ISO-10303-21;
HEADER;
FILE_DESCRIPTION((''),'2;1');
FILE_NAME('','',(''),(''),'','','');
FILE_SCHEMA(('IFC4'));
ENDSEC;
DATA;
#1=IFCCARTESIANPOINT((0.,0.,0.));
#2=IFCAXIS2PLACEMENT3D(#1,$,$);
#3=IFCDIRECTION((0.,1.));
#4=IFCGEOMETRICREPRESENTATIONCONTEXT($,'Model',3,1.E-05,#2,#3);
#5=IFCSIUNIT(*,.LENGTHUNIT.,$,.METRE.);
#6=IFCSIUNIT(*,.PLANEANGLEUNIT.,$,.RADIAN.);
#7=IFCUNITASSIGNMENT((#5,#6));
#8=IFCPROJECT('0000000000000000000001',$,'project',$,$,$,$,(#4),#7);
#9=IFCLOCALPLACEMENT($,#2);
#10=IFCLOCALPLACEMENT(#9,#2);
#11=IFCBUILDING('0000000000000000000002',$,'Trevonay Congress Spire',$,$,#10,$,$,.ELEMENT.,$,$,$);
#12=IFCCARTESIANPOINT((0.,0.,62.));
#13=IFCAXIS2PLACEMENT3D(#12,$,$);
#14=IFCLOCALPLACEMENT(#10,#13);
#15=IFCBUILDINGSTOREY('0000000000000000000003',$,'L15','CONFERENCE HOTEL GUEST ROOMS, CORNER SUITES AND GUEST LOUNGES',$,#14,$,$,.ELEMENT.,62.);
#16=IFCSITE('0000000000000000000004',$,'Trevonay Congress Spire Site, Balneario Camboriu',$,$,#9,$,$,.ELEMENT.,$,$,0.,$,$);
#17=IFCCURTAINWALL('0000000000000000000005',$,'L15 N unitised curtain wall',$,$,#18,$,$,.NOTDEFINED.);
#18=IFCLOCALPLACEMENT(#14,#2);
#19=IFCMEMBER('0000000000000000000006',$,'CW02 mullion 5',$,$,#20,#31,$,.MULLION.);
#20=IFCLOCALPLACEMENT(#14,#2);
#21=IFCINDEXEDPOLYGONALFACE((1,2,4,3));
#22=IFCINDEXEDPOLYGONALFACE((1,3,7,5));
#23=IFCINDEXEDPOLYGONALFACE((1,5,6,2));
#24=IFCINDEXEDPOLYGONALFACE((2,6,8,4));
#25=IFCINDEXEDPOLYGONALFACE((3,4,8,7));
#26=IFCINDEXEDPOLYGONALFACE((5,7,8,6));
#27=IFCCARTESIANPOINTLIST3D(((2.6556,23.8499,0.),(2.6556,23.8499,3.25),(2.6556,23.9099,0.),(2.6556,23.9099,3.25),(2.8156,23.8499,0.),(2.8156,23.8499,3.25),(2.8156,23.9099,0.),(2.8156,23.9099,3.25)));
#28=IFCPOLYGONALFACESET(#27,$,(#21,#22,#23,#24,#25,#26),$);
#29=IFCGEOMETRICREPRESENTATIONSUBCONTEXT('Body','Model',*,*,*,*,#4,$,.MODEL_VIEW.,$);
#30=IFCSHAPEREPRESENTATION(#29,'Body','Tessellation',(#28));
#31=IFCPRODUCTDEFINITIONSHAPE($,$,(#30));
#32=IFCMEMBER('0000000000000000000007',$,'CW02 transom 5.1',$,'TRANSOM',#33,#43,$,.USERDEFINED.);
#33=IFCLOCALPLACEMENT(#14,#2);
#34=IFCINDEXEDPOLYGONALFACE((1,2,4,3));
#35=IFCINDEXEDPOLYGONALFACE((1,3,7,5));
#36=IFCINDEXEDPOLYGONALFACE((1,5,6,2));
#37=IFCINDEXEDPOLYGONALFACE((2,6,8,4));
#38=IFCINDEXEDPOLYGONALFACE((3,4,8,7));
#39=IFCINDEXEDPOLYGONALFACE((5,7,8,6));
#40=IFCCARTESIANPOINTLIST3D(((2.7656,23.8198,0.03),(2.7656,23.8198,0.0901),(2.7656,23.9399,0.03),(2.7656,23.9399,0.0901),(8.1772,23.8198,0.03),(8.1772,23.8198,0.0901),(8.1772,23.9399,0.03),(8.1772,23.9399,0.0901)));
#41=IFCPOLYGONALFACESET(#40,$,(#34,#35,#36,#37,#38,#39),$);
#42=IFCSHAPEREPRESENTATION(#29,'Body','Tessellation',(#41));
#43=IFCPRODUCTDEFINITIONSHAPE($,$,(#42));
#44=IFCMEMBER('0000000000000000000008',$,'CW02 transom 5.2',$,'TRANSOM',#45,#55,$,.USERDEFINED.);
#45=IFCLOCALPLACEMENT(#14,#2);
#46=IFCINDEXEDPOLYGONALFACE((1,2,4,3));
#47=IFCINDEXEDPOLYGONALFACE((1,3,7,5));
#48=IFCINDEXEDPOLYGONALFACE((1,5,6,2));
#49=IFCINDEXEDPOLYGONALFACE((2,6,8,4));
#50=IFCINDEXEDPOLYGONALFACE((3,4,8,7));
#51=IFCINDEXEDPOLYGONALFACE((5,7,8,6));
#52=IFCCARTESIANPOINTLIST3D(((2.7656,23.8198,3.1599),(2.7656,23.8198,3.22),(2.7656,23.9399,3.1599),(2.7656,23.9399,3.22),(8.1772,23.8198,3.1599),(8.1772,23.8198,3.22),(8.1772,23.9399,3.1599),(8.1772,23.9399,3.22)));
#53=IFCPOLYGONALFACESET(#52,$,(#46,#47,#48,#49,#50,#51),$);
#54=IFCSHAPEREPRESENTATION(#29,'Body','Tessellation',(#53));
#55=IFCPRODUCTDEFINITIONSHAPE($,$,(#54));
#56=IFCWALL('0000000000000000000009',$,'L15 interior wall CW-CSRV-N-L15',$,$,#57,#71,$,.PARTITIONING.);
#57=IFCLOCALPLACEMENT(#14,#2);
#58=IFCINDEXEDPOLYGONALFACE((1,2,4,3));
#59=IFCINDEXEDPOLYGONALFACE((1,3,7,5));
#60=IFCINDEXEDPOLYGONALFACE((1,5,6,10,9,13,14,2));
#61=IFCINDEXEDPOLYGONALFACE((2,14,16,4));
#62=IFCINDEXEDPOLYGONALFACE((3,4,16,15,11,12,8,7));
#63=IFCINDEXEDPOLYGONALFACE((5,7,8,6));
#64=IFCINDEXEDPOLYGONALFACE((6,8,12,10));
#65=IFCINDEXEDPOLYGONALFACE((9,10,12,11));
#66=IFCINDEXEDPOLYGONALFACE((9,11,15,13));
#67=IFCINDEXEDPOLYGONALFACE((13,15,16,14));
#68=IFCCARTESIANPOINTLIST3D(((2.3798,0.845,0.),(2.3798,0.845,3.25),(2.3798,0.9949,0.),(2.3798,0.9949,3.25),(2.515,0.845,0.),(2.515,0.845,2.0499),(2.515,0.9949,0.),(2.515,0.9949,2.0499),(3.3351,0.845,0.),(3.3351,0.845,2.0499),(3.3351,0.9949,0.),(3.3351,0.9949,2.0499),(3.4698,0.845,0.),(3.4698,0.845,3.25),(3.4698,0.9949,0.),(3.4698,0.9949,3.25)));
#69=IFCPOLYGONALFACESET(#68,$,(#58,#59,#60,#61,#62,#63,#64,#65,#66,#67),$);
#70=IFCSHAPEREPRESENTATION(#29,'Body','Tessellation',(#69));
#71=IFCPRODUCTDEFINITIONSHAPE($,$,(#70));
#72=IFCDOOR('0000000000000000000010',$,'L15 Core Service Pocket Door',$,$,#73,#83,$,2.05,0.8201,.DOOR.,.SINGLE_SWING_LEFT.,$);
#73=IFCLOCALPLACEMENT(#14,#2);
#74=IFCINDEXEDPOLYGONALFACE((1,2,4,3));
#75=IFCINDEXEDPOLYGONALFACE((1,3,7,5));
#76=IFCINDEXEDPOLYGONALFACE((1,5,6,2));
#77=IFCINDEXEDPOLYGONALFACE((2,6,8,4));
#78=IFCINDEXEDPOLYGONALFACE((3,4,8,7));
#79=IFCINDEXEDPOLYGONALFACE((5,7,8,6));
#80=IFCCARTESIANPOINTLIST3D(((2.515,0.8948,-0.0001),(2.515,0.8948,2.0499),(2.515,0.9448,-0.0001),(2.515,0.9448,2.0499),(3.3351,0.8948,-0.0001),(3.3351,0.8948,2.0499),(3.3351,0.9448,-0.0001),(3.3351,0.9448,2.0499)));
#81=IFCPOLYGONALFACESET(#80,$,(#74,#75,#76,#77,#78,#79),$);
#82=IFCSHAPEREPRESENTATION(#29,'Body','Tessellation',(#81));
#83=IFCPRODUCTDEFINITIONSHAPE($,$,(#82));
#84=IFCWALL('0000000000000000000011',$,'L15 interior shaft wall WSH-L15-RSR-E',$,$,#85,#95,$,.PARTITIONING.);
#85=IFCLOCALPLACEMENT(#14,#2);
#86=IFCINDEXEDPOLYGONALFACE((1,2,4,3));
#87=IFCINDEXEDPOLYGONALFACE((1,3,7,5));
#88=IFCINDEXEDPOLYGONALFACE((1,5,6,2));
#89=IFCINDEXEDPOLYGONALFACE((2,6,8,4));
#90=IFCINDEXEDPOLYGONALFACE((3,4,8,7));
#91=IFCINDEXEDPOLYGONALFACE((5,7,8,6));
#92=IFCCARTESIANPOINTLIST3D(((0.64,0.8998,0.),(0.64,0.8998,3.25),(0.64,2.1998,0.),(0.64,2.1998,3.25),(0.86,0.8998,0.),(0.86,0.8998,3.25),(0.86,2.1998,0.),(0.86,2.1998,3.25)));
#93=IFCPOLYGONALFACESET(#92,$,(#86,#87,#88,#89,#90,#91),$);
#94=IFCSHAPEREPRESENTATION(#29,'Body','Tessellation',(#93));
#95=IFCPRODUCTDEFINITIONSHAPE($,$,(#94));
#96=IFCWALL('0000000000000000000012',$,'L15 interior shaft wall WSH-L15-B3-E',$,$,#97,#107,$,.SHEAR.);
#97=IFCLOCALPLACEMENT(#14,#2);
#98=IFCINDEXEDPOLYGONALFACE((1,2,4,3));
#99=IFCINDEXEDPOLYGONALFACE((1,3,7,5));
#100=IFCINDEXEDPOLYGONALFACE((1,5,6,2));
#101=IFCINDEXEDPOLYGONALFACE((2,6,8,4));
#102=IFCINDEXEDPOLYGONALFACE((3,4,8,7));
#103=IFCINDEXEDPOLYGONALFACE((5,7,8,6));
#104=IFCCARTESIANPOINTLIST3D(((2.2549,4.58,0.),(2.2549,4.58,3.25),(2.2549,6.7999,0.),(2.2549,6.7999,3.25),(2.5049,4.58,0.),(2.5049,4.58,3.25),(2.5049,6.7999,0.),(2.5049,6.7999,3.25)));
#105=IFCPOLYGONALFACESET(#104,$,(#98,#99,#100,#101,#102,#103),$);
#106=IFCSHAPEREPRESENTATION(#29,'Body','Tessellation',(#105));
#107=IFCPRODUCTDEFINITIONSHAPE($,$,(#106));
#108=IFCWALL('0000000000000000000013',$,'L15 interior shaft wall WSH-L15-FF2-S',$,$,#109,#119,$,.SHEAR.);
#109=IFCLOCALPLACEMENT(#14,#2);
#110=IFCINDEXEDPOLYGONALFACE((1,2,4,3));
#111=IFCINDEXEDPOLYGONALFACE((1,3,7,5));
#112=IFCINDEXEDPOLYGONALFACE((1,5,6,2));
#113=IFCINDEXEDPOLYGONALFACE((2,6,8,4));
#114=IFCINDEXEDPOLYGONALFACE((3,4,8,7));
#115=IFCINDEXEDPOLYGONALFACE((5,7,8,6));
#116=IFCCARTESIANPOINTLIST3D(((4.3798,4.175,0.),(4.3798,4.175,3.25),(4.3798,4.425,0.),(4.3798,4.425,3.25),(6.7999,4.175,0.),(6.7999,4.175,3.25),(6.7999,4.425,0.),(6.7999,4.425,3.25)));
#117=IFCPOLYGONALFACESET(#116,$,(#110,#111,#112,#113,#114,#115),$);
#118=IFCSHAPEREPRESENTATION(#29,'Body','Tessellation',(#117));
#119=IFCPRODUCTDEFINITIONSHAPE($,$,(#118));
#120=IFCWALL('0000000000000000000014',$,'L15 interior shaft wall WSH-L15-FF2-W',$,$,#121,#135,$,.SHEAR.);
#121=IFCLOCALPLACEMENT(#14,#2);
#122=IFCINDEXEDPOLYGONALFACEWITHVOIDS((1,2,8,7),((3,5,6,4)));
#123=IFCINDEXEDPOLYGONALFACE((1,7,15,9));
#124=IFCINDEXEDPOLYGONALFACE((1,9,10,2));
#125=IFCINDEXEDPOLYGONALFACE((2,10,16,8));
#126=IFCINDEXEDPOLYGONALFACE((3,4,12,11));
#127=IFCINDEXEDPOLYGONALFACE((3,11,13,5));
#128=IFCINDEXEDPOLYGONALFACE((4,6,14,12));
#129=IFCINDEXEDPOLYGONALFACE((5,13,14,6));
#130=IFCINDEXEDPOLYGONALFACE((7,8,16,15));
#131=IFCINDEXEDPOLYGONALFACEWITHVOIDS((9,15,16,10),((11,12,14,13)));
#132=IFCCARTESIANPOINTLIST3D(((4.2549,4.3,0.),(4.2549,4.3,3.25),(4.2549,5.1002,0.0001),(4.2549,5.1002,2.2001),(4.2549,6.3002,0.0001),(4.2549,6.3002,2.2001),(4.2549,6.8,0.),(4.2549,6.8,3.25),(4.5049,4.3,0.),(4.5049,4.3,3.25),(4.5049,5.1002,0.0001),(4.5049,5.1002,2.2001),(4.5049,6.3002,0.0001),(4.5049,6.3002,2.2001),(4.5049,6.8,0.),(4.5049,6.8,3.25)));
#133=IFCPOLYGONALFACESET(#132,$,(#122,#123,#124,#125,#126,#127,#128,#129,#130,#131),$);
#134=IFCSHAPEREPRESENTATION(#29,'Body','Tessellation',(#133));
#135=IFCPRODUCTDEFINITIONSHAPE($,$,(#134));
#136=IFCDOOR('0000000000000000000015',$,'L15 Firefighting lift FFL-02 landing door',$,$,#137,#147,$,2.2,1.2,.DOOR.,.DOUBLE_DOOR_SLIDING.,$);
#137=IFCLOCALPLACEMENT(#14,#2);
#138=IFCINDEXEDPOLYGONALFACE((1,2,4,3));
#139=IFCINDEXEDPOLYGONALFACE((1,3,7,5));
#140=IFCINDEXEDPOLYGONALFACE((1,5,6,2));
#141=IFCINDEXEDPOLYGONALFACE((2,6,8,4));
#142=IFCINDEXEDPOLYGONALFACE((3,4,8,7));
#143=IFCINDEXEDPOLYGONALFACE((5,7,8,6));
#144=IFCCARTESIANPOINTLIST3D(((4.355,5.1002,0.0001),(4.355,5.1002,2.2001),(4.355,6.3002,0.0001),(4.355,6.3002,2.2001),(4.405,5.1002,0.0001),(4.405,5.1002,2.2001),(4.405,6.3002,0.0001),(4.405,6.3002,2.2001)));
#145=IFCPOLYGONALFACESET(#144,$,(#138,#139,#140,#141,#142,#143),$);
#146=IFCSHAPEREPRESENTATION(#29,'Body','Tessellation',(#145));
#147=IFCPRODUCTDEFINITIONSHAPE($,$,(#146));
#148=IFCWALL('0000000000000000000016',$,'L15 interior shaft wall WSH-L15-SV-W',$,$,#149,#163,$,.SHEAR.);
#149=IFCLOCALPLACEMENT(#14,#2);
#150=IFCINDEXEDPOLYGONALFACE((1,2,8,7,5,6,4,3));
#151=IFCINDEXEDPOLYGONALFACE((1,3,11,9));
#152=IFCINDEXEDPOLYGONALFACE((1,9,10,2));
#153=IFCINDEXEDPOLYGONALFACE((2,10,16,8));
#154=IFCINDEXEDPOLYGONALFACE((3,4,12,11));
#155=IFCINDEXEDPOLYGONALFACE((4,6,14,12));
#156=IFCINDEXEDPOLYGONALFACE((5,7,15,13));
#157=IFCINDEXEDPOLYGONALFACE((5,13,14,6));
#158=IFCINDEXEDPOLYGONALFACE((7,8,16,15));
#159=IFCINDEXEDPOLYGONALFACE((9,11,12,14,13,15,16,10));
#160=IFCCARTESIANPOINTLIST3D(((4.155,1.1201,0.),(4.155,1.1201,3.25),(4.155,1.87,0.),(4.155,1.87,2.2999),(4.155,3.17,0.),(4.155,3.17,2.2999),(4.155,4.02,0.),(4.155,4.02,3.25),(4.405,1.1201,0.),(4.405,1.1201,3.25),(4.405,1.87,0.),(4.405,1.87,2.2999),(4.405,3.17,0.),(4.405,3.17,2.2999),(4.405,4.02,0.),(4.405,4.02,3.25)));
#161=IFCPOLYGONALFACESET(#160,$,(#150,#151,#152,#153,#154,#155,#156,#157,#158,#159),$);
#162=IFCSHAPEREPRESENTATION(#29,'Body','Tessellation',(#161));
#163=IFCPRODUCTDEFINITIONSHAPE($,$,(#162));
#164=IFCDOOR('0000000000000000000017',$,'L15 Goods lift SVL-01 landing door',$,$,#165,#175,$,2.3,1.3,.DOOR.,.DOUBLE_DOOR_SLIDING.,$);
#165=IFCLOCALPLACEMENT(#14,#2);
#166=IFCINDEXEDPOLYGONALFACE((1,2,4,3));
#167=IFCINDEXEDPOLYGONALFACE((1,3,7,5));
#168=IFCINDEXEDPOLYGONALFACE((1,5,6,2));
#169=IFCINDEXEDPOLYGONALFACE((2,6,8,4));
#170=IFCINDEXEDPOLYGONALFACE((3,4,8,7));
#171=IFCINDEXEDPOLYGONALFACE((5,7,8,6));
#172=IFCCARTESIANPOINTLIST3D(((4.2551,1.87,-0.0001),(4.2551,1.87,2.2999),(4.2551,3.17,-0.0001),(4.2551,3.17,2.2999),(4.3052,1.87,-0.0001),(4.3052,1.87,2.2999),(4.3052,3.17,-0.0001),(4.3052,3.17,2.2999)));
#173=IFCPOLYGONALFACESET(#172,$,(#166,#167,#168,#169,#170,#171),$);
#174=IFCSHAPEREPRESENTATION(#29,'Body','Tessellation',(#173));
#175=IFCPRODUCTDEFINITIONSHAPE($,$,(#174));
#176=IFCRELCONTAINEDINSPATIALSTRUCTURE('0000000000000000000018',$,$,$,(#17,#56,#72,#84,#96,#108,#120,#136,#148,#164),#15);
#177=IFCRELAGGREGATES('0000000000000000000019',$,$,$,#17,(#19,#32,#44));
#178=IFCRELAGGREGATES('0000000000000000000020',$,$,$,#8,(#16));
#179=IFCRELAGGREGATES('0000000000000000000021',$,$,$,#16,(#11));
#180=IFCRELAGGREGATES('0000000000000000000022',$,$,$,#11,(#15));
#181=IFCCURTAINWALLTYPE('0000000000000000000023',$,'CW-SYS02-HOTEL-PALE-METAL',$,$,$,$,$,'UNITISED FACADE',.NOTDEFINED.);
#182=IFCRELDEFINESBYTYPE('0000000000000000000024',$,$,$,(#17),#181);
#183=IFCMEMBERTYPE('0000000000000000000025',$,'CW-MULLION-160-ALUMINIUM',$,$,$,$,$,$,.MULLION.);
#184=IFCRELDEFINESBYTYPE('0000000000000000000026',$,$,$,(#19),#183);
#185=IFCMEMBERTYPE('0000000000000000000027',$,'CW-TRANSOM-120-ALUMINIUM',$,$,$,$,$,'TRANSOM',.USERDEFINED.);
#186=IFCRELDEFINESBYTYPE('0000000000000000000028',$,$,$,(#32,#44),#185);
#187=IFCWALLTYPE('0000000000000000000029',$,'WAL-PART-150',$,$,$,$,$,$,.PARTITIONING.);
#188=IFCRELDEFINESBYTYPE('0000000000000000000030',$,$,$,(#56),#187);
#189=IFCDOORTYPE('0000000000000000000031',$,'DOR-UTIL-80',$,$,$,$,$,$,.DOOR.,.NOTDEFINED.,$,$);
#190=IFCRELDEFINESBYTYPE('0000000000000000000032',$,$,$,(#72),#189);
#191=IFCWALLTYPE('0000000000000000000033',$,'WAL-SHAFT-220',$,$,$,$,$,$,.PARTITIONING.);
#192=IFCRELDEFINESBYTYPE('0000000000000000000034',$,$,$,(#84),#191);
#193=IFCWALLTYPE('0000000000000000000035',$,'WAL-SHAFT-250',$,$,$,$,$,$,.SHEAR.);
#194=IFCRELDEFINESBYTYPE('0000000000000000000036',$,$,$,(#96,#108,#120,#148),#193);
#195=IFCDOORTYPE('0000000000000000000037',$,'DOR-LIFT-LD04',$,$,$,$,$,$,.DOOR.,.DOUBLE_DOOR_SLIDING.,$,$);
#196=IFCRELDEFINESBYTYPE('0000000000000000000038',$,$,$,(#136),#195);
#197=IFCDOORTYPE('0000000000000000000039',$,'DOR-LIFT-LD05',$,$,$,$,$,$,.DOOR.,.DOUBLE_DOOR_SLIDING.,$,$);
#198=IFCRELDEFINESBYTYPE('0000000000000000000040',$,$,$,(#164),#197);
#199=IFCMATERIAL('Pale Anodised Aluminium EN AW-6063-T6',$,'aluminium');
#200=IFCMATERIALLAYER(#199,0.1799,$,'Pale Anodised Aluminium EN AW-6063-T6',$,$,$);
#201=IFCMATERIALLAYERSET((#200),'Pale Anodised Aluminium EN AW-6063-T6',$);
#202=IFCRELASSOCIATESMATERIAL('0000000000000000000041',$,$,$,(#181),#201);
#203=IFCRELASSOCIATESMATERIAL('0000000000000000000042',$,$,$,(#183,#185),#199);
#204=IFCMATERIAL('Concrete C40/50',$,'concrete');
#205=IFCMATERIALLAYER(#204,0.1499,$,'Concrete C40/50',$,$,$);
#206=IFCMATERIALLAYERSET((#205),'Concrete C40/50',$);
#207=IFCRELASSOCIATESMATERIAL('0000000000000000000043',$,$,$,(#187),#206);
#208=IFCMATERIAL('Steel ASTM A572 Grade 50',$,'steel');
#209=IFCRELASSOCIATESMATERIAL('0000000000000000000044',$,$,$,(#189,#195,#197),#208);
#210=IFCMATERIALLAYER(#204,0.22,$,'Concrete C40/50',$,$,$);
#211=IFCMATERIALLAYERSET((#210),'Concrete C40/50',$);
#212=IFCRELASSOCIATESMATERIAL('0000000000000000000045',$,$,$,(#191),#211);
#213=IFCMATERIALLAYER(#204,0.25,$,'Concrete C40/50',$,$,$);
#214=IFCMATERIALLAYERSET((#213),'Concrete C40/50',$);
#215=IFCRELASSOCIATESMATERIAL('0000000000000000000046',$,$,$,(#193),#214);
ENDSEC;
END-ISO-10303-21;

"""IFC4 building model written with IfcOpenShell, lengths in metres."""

from ifc_helpers import new_model, si_unit, direction, frame, frame_2d, origin, origin_2d, place, context, subcontext, project, spatial, rectangle, extrude, material, layer, layer_set, material_profile, profile_set, type_object, element, fill, aggregate, save


model = new_model("IFC4")

# Units and contexts
model_context = context("Model", 3, precision=1e-05, world=origin(), true_north=direction((0.0, 1.0)))
body_context = subcontext(model_context, "Body", "Model", "MODEL_VIEW")
ifc_project = project(units=[si_unit("LENGTHUNIT", "METRE"), si_unit("PLANEANGLEUNIT", "RADIAN")], contexts=[model_context])

# Site, building, storey
site_placement = place(None, origin())
site = spatial("IfcSite", under=ifc_project, at=site_placement, Name="Trevonay Congress Spire Site, Balneario Camboriu", CompositionType="ELEMENT", RefElevation=0.0)
building_placement = place(site_placement, origin())
building = spatial("IfcBuilding", under=site, at=building_placement, Name="Trevonay Congress Spire", CompositionType="ELEMENT")
storey_placement = place(building_placement, frame((0.0, 0.0, 62.0)))
storey = spatial("IfcBuildingStorey", under=building, at=storey_placement, Name="L15", Description="CONFERENCE HOTEL GUEST ROOMS, CORNER SUITES AND GUEST LOUNGES", CompositionType="ELEMENT", Elevation=62.0)

# Shared definitions
ifc_material_1 = material(Name="Steel ASTM A572 Grade 50", Category="steel")

# Curtain wall, members
ifc_material_2 = material(Name="Pale Anodised Aluminium EN AW-6063-T6", Category="aluminium")
ifc_layer_1 = layer(ifc_material_2, 0.1799, Name="Pale Anodised Aluminium EN AW-6063-T6")
ifc_layer_set_1 = layer_set([ifc_layer_1], Name="Pale Anodised Aluminium EN AW-6063-T6")
curtain_wall_type = type_object("IfcCurtainWallType", Name="CW-SYS02-HOTEL-PALE-METAL", ElementType="UNITISED FACADE", PredefinedType="NOTDEFINED", material=ifc_layer_set_1)
curtain_wall_placement = place(storey_placement, origin())
curtain_wall = element("IfcCurtainWall", 1, at=curtain_wall_placement, inside=storey, type_object=curtain_wall_type, Name="L15 N unitised curtain wall", PredefinedType="NOTDEFINED")
ifc_material_profile_1 = material_profile(ifc_material_2, rectangle(XDim=0.0601, YDim=0.1599, at=origin_2d()), Name="CW-MULLION-160-ALUMINIUM")
ifc_profile_set_1 = profile_set([ifc_material_profile_1], Name="Pale Anodised Aluminium EN AW-6063-T6")
member_type_1 = type_object("IfcMemberType", Name="CW-MULLION-160-ALUMINIUM", PredefinedType="MULLION", material=ifc_profile_set_1)
member_1_placement = place(storey_placement, frame((2.7356, 23.8799, 0.0), z_axis=(0.0, 0.0, 1.0), x_axis=(0.0, 1.0, 0.0)))
member_1 = element("IfcMember", 2, at=member_1_placement, type_object=member_type_1, Name="CW02 mullion 5", PredefinedType="MULLION", context=body_context, shape_type="SweptSolid", body=[
    extrude(rectangle(XDim=0.0601, YDim=0.1599, at=origin_2d()), origin(), (0.0, 0.0, 1.0), 3.25),
])
ifc_material_profile_2 = material_profile(ifc_material_2, rectangle(XDim=0.1201, YDim=0.0601, at=origin_2d()), Name="CW-TRANSOM-120-ALUMINIUM")
ifc_profile_set_2 = profile_set([ifc_material_profile_2], Name="Pale Anodised Aluminium EN AW-6063-T6")
member_type_2 = type_object("IfcMemberType", Name="CW-TRANSOM-120-ALUMINIUM", ElementType="TRANSOM", PredefinedType="USERDEFINED", material=ifc_profile_set_2)
member_2_placement = place(storey_placement, frame((2.7656, 23.8799, 0.0601), z_axis=(1.0, 0.0, 0.0), x_axis=(0.0, 1.0, 0.0)))
member_2 = element("IfcMember", 3, at=member_2_placement, type_object=member_type_2, Name="CW02 transom 5.1", ObjectType="TRANSOM", PredefinedType="USERDEFINED", context=body_context, shape_type="SweptSolid", body=[
    extrude(rectangle(XDim=0.1201, YDim=0.0601, at=origin_2d()), origin(), (0.0, 0.0, 1.0), 5.4116),
])
member_3_placement = place(storey_placement, frame((2.7656, 23.8799, 3.1899), z_axis=(1.0, 0.0, 0.0), x_axis=(0.0, 1.0, 0.0)))
member_3 = element("IfcMember", 4, at=member_3_placement, type_object=member_type_2, Name="CW02 transom 5.2", ObjectType="TRANSOM", PredefinedType="USERDEFINED", context=body_context, shape_type="SweptSolid", body=[
    extrude(rectangle(XDim=0.1201, YDim=0.0601, at=origin_2d()), origin(), (0.0, 0.0, 1.0), 5.4116),
])
aggregate(curtain_wall, [member_1, member_2, member_3])

# Wall, opening, door
ifc_material_3 = material(Name="Concrete C40/50", Category="concrete")
ifc_layer_2 = layer(ifc_material_3, 0.1499, Name="Concrete C40/50")
ifc_layer_set_2 = layer_set([ifc_layer_2], Name="Concrete C40/50")
wall_type_1 = type_object("IfcWallType", Name="WAL-PART-150", PredefinedType="PARTITIONING", material=ifc_layer_set_2)
wall_1_placement = place(storey_placement, frame((2.3799, 0.9199, 0.0), z_axis=(0.0, 0.0, 1.0), x_axis=(1.0, 0.0, 0.0)))
wall_1 = element("IfcWall", 5, at=wall_1_placement, inside=storey, type_object=wall_type_1, Name="L15 interior wall CW-CSRV-N-L15", PredefinedType="PARTITIONING", context=body_context, shape_type="SweptSolid", body=[
    extrude(rectangle(XDim=1.0901, YDim=0.1499, at=frame_2d((0.5449, 0.0))), origin(), (0.0, 0.0, 1.0), 3.25),
])
opening_1_placement = place(wall_1_placement, frame((0.135, 0.0, 0.0)))
opening_1 = element("IfcOpeningElement", 6, at=opening_1_placement, cuts=wall_1, PredefinedType="OPENING", context=body_context, shape_type="SweptSolid", body=[
    extrude(rectangle(XDim=0.8201, YDim=2.05, at=frame_2d((0.4102, 1.0249))), frame((0.0, 0.085, 0.0), z_axis=(0.0, -1.0, 0.0), x_axis=(1.0, 0.0, 0.0)), (0.0, 0.0, 1.0), 0.1699),
])
door_type_1 = type_object("IfcDoorType", Name="DOR-UTIL-80", OperationType="NOTDEFINED", PredefinedType="DOOR", material=ifc_material_1)
door_1_placement = place(opening_1_placement, origin())
door_1 = element("IfcDoor", 7, at=door_1_placement, inside=storey, type_object=door_type_1, Name="L15 Core Service Pocket Door", OperationType="SINGLE_SWING_LEFT", OverallHeight=2.05, OverallWidth=0.8201, PredefinedType="DOOR", context=body_context, shape_type="SweptSolid", body=[
    extrude(rectangle(XDim=0.8201, YDim=2.05, at=frame_2d((0.4102, 1.0249))), frame((0.0, 0.0249, 0.0), z_axis=(0.0, -1.0, 0.0), x_axis=(1.0, 0.0, 0.0)), (0.0, 0.0, 1.0), 0.05),
])
fill(opening_1, door_1)

# Walls
ifc_layer_3 = layer(ifc_material_3, 0.22, Name="Concrete C40/50")
ifc_layer_set_3 = layer_set([ifc_layer_3], Name="Concrete C40/50")
wall_type_2 = type_object("IfcWallType", Name="WAL-SHAFT-220", PredefinedType="PARTITIONING", material=ifc_layer_set_3)
wall_2_placement = place(storey_placement, frame((0.75, 0.8999, 0.0), z_axis=(0.0, 0.0, 1.0), x_axis=(0.0, 1.0, 0.0)))
element("IfcWall", 8, at=wall_2_placement, inside=storey, type_object=wall_type_2, Name="L15 interior shaft wall WSH-L15-RSR-E", PredefinedType="PARTITIONING", context=body_context, shape_type="SweptSolid", body=[
    extrude(rectangle(XDim=1.3, YDim=0.22, at=frame_2d((0.6499, 0.0))), origin(), (0.0, 0.0, 1.0), 3.25),
])
ifc_layer_4 = layer(ifc_material_3, 0.25, Name="Concrete C40/50")
ifc_layer_set_4 = layer_set([ifc_layer_4], Name="Concrete C40/50")
wall_type_3 = type_object("IfcWallType", Name="WAL-SHAFT-250", PredefinedType="SHEAR", material=ifc_layer_set_4)
wall_3_placement = place(storey_placement, frame((2.3799, 4.5801, 0.0), z_axis=(0.0, 0.0, 1.0), x_axis=(0.0, 1.0, 0.0)))
element("IfcWall", 9, at=wall_3_placement, inside=storey, type_object=wall_type_3, Name="L15 interior shaft wall WSH-L15-B3-E", PredefinedType="SHEAR", context=body_context, shape_type="SweptSolid", body=[
    extrude(rectangle(XDim=2.22, YDim=0.25, at=frame_2d((1.1099, 0.0))), origin(), (0.0, 0.0, 1.0), 3.25),
])
wall_4_placement = place(storey_placement, frame((4.3799, 4.3, 0.0), z_axis=(0.0, 0.0, 1.0), x_axis=(1.0, 0.0, 0.0)))
element("IfcWall", 10, at=wall_4_placement, inside=storey, type_object=wall_type_3, Name="L15 interior shaft wall WSH-L15-FF2-S", PredefinedType="SHEAR", context=body_context, shape_type="SweptSolid", body=[
    extrude(rectangle(XDim=2.4202, YDim=0.25, at=frame_2d((1.21, 0.0))), origin(), (0.0, 0.0, 1.0), 3.25),
])

# Walls, openings, doors
wall_5_placement = place(storey_placement, frame((4.3799, 4.3, 0.0), z_axis=(0.0, 0.0, 1.0), x_axis=(0.0, 1.0, 0.0)))
wall_5 = element("IfcWall", 11, at=wall_5_placement, inside=storey, type_object=wall_type_3, Name="L15 interior shaft wall WSH-L15-FF2-W", PredefinedType="SHEAR", context=body_context, shape_type="SweptSolid", body=[
    extrude(rectangle(XDim=2.5, YDim=0.25, at=frame_2d((1.25, 0.0))), origin(), (0.0, 0.0, 1.0), 3.25),
])
opening_2_placement = place(wall_5_placement, frame((0.8, 0.0, 0.0)))
opening_2 = element("IfcOpeningElement", 12, at=opening_2_placement, cuts=wall_5, PredefinedType="OPENING", context=body_context, shape_type="SweptSolid", body=[
    extrude(rectangle(XDim=1.2, YDim=2.2, at=frame_2d((0.6001, 1.1001))), frame((0.0, 0.135, 0.0), z_axis=(0.0, -1.0, 0.0), x_axis=(1.0, 0.0, 0.0)), (0.0, 0.0, 1.0), 0.27),
])
door_type_2 = type_object("IfcDoorType", Name="DOR-LIFT-LD04", OperationType="DOUBLE_DOOR_SLIDING", PredefinedType="DOOR", material=ifc_material_1)
door_2_placement = place(opening_2_placement, origin())
door_2 = element("IfcDoor", 13, at=door_2_placement, inside=storey, type_object=door_type_2, Name="L15 Firefighting lift FFL-02 landing door", OperationType="DOUBLE_DOOR_SLIDING", OverallHeight=2.2, OverallWidth=1.2, PredefinedType="DOOR", context=body_context, shape_type="SweptSolid", body=[
    extrude(rectangle(XDim=1.2, YDim=2.2, at=frame_2d((0.6001, 1.1001))), frame((0.0, 0.0249, 0.0), z_axis=(0.0, -1.0, 0.0), x_axis=(1.0, 0.0, 0.0)), (0.0, 0.0, 1.0), 0.05),
])
fill(opening_2, door_2)
wall_6_placement = place(storey_placement, frame((4.28, 1.1201, 0.0), z_axis=(0.0, 0.0, 1.0), x_axis=(0.0, 1.0, 0.0)))
wall_6 = element("IfcWall", 14, at=wall_6_placement, inside=storey, type_object=wall_type_3, Name="L15 interior shaft wall WSH-L15-SV-W", PredefinedType="SHEAR", context=body_context, shape_type="SweptSolid", body=[
    extrude(rectangle(XDim=2.8999, YDim=0.25, at=frame_2d((1.45, 0.0))), origin(), (0.0, 0.0, 1.0), 3.25),
])
opening_3_placement = place(wall_6_placement, frame((0.75, 0.0, 0.0)))
opening_3 = element("IfcOpeningElement", 15, at=opening_3_placement, cuts=wall_6, PredefinedType="OPENING", context=body_context, shape_type="SweptSolid", body=[
    extrude(rectangle(XDim=1.3, YDim=2.3, at=frame_2d((0.6499, 1.1499))), frame((0.0, 0.135, 0.0), z_axis=(0.0, -1.0, 0.0), x_axis=(1.0, 0.0, 0.0)), (0.0, 0.0, 1.0), 0.27),
])
door_type_3 = type_object("IfcDoorType", Name="DOR-LIFT-LD05", OperationType="DOUBLE_DOOR_SLIDING", PredefinedType="DOOR", material=ifc_material_1)
door_3_placement = place(opening_3_placement, origin())
door_3 = element("IfcDoor", 16, at=door_3_placement, inside=storey, type_object=door_type_3, Name="L15 Goods lift SVL-01 landing door", OperationType="DOUBLE_DOOR_SLIDING", OverallHeight=2.3, OverallWidth=1.3, PredefinedType="DOOR", context=body_context, shape_type="SweptSolid", body=[
    extrude(rectangle(XDim=1.3, YDim=2.3, at=frame_2d((0.6499, 1.1499))), frame((0.0, 0.0249, 0.0), z_axis=(0.0, -1.0, 0.0), x_axis=(1.0, 0.0, 0.0)), (0.0, 0.0, 1.0), 0.05),
])
fill(opening_3, door_3)

save(model, "model.ifc")
